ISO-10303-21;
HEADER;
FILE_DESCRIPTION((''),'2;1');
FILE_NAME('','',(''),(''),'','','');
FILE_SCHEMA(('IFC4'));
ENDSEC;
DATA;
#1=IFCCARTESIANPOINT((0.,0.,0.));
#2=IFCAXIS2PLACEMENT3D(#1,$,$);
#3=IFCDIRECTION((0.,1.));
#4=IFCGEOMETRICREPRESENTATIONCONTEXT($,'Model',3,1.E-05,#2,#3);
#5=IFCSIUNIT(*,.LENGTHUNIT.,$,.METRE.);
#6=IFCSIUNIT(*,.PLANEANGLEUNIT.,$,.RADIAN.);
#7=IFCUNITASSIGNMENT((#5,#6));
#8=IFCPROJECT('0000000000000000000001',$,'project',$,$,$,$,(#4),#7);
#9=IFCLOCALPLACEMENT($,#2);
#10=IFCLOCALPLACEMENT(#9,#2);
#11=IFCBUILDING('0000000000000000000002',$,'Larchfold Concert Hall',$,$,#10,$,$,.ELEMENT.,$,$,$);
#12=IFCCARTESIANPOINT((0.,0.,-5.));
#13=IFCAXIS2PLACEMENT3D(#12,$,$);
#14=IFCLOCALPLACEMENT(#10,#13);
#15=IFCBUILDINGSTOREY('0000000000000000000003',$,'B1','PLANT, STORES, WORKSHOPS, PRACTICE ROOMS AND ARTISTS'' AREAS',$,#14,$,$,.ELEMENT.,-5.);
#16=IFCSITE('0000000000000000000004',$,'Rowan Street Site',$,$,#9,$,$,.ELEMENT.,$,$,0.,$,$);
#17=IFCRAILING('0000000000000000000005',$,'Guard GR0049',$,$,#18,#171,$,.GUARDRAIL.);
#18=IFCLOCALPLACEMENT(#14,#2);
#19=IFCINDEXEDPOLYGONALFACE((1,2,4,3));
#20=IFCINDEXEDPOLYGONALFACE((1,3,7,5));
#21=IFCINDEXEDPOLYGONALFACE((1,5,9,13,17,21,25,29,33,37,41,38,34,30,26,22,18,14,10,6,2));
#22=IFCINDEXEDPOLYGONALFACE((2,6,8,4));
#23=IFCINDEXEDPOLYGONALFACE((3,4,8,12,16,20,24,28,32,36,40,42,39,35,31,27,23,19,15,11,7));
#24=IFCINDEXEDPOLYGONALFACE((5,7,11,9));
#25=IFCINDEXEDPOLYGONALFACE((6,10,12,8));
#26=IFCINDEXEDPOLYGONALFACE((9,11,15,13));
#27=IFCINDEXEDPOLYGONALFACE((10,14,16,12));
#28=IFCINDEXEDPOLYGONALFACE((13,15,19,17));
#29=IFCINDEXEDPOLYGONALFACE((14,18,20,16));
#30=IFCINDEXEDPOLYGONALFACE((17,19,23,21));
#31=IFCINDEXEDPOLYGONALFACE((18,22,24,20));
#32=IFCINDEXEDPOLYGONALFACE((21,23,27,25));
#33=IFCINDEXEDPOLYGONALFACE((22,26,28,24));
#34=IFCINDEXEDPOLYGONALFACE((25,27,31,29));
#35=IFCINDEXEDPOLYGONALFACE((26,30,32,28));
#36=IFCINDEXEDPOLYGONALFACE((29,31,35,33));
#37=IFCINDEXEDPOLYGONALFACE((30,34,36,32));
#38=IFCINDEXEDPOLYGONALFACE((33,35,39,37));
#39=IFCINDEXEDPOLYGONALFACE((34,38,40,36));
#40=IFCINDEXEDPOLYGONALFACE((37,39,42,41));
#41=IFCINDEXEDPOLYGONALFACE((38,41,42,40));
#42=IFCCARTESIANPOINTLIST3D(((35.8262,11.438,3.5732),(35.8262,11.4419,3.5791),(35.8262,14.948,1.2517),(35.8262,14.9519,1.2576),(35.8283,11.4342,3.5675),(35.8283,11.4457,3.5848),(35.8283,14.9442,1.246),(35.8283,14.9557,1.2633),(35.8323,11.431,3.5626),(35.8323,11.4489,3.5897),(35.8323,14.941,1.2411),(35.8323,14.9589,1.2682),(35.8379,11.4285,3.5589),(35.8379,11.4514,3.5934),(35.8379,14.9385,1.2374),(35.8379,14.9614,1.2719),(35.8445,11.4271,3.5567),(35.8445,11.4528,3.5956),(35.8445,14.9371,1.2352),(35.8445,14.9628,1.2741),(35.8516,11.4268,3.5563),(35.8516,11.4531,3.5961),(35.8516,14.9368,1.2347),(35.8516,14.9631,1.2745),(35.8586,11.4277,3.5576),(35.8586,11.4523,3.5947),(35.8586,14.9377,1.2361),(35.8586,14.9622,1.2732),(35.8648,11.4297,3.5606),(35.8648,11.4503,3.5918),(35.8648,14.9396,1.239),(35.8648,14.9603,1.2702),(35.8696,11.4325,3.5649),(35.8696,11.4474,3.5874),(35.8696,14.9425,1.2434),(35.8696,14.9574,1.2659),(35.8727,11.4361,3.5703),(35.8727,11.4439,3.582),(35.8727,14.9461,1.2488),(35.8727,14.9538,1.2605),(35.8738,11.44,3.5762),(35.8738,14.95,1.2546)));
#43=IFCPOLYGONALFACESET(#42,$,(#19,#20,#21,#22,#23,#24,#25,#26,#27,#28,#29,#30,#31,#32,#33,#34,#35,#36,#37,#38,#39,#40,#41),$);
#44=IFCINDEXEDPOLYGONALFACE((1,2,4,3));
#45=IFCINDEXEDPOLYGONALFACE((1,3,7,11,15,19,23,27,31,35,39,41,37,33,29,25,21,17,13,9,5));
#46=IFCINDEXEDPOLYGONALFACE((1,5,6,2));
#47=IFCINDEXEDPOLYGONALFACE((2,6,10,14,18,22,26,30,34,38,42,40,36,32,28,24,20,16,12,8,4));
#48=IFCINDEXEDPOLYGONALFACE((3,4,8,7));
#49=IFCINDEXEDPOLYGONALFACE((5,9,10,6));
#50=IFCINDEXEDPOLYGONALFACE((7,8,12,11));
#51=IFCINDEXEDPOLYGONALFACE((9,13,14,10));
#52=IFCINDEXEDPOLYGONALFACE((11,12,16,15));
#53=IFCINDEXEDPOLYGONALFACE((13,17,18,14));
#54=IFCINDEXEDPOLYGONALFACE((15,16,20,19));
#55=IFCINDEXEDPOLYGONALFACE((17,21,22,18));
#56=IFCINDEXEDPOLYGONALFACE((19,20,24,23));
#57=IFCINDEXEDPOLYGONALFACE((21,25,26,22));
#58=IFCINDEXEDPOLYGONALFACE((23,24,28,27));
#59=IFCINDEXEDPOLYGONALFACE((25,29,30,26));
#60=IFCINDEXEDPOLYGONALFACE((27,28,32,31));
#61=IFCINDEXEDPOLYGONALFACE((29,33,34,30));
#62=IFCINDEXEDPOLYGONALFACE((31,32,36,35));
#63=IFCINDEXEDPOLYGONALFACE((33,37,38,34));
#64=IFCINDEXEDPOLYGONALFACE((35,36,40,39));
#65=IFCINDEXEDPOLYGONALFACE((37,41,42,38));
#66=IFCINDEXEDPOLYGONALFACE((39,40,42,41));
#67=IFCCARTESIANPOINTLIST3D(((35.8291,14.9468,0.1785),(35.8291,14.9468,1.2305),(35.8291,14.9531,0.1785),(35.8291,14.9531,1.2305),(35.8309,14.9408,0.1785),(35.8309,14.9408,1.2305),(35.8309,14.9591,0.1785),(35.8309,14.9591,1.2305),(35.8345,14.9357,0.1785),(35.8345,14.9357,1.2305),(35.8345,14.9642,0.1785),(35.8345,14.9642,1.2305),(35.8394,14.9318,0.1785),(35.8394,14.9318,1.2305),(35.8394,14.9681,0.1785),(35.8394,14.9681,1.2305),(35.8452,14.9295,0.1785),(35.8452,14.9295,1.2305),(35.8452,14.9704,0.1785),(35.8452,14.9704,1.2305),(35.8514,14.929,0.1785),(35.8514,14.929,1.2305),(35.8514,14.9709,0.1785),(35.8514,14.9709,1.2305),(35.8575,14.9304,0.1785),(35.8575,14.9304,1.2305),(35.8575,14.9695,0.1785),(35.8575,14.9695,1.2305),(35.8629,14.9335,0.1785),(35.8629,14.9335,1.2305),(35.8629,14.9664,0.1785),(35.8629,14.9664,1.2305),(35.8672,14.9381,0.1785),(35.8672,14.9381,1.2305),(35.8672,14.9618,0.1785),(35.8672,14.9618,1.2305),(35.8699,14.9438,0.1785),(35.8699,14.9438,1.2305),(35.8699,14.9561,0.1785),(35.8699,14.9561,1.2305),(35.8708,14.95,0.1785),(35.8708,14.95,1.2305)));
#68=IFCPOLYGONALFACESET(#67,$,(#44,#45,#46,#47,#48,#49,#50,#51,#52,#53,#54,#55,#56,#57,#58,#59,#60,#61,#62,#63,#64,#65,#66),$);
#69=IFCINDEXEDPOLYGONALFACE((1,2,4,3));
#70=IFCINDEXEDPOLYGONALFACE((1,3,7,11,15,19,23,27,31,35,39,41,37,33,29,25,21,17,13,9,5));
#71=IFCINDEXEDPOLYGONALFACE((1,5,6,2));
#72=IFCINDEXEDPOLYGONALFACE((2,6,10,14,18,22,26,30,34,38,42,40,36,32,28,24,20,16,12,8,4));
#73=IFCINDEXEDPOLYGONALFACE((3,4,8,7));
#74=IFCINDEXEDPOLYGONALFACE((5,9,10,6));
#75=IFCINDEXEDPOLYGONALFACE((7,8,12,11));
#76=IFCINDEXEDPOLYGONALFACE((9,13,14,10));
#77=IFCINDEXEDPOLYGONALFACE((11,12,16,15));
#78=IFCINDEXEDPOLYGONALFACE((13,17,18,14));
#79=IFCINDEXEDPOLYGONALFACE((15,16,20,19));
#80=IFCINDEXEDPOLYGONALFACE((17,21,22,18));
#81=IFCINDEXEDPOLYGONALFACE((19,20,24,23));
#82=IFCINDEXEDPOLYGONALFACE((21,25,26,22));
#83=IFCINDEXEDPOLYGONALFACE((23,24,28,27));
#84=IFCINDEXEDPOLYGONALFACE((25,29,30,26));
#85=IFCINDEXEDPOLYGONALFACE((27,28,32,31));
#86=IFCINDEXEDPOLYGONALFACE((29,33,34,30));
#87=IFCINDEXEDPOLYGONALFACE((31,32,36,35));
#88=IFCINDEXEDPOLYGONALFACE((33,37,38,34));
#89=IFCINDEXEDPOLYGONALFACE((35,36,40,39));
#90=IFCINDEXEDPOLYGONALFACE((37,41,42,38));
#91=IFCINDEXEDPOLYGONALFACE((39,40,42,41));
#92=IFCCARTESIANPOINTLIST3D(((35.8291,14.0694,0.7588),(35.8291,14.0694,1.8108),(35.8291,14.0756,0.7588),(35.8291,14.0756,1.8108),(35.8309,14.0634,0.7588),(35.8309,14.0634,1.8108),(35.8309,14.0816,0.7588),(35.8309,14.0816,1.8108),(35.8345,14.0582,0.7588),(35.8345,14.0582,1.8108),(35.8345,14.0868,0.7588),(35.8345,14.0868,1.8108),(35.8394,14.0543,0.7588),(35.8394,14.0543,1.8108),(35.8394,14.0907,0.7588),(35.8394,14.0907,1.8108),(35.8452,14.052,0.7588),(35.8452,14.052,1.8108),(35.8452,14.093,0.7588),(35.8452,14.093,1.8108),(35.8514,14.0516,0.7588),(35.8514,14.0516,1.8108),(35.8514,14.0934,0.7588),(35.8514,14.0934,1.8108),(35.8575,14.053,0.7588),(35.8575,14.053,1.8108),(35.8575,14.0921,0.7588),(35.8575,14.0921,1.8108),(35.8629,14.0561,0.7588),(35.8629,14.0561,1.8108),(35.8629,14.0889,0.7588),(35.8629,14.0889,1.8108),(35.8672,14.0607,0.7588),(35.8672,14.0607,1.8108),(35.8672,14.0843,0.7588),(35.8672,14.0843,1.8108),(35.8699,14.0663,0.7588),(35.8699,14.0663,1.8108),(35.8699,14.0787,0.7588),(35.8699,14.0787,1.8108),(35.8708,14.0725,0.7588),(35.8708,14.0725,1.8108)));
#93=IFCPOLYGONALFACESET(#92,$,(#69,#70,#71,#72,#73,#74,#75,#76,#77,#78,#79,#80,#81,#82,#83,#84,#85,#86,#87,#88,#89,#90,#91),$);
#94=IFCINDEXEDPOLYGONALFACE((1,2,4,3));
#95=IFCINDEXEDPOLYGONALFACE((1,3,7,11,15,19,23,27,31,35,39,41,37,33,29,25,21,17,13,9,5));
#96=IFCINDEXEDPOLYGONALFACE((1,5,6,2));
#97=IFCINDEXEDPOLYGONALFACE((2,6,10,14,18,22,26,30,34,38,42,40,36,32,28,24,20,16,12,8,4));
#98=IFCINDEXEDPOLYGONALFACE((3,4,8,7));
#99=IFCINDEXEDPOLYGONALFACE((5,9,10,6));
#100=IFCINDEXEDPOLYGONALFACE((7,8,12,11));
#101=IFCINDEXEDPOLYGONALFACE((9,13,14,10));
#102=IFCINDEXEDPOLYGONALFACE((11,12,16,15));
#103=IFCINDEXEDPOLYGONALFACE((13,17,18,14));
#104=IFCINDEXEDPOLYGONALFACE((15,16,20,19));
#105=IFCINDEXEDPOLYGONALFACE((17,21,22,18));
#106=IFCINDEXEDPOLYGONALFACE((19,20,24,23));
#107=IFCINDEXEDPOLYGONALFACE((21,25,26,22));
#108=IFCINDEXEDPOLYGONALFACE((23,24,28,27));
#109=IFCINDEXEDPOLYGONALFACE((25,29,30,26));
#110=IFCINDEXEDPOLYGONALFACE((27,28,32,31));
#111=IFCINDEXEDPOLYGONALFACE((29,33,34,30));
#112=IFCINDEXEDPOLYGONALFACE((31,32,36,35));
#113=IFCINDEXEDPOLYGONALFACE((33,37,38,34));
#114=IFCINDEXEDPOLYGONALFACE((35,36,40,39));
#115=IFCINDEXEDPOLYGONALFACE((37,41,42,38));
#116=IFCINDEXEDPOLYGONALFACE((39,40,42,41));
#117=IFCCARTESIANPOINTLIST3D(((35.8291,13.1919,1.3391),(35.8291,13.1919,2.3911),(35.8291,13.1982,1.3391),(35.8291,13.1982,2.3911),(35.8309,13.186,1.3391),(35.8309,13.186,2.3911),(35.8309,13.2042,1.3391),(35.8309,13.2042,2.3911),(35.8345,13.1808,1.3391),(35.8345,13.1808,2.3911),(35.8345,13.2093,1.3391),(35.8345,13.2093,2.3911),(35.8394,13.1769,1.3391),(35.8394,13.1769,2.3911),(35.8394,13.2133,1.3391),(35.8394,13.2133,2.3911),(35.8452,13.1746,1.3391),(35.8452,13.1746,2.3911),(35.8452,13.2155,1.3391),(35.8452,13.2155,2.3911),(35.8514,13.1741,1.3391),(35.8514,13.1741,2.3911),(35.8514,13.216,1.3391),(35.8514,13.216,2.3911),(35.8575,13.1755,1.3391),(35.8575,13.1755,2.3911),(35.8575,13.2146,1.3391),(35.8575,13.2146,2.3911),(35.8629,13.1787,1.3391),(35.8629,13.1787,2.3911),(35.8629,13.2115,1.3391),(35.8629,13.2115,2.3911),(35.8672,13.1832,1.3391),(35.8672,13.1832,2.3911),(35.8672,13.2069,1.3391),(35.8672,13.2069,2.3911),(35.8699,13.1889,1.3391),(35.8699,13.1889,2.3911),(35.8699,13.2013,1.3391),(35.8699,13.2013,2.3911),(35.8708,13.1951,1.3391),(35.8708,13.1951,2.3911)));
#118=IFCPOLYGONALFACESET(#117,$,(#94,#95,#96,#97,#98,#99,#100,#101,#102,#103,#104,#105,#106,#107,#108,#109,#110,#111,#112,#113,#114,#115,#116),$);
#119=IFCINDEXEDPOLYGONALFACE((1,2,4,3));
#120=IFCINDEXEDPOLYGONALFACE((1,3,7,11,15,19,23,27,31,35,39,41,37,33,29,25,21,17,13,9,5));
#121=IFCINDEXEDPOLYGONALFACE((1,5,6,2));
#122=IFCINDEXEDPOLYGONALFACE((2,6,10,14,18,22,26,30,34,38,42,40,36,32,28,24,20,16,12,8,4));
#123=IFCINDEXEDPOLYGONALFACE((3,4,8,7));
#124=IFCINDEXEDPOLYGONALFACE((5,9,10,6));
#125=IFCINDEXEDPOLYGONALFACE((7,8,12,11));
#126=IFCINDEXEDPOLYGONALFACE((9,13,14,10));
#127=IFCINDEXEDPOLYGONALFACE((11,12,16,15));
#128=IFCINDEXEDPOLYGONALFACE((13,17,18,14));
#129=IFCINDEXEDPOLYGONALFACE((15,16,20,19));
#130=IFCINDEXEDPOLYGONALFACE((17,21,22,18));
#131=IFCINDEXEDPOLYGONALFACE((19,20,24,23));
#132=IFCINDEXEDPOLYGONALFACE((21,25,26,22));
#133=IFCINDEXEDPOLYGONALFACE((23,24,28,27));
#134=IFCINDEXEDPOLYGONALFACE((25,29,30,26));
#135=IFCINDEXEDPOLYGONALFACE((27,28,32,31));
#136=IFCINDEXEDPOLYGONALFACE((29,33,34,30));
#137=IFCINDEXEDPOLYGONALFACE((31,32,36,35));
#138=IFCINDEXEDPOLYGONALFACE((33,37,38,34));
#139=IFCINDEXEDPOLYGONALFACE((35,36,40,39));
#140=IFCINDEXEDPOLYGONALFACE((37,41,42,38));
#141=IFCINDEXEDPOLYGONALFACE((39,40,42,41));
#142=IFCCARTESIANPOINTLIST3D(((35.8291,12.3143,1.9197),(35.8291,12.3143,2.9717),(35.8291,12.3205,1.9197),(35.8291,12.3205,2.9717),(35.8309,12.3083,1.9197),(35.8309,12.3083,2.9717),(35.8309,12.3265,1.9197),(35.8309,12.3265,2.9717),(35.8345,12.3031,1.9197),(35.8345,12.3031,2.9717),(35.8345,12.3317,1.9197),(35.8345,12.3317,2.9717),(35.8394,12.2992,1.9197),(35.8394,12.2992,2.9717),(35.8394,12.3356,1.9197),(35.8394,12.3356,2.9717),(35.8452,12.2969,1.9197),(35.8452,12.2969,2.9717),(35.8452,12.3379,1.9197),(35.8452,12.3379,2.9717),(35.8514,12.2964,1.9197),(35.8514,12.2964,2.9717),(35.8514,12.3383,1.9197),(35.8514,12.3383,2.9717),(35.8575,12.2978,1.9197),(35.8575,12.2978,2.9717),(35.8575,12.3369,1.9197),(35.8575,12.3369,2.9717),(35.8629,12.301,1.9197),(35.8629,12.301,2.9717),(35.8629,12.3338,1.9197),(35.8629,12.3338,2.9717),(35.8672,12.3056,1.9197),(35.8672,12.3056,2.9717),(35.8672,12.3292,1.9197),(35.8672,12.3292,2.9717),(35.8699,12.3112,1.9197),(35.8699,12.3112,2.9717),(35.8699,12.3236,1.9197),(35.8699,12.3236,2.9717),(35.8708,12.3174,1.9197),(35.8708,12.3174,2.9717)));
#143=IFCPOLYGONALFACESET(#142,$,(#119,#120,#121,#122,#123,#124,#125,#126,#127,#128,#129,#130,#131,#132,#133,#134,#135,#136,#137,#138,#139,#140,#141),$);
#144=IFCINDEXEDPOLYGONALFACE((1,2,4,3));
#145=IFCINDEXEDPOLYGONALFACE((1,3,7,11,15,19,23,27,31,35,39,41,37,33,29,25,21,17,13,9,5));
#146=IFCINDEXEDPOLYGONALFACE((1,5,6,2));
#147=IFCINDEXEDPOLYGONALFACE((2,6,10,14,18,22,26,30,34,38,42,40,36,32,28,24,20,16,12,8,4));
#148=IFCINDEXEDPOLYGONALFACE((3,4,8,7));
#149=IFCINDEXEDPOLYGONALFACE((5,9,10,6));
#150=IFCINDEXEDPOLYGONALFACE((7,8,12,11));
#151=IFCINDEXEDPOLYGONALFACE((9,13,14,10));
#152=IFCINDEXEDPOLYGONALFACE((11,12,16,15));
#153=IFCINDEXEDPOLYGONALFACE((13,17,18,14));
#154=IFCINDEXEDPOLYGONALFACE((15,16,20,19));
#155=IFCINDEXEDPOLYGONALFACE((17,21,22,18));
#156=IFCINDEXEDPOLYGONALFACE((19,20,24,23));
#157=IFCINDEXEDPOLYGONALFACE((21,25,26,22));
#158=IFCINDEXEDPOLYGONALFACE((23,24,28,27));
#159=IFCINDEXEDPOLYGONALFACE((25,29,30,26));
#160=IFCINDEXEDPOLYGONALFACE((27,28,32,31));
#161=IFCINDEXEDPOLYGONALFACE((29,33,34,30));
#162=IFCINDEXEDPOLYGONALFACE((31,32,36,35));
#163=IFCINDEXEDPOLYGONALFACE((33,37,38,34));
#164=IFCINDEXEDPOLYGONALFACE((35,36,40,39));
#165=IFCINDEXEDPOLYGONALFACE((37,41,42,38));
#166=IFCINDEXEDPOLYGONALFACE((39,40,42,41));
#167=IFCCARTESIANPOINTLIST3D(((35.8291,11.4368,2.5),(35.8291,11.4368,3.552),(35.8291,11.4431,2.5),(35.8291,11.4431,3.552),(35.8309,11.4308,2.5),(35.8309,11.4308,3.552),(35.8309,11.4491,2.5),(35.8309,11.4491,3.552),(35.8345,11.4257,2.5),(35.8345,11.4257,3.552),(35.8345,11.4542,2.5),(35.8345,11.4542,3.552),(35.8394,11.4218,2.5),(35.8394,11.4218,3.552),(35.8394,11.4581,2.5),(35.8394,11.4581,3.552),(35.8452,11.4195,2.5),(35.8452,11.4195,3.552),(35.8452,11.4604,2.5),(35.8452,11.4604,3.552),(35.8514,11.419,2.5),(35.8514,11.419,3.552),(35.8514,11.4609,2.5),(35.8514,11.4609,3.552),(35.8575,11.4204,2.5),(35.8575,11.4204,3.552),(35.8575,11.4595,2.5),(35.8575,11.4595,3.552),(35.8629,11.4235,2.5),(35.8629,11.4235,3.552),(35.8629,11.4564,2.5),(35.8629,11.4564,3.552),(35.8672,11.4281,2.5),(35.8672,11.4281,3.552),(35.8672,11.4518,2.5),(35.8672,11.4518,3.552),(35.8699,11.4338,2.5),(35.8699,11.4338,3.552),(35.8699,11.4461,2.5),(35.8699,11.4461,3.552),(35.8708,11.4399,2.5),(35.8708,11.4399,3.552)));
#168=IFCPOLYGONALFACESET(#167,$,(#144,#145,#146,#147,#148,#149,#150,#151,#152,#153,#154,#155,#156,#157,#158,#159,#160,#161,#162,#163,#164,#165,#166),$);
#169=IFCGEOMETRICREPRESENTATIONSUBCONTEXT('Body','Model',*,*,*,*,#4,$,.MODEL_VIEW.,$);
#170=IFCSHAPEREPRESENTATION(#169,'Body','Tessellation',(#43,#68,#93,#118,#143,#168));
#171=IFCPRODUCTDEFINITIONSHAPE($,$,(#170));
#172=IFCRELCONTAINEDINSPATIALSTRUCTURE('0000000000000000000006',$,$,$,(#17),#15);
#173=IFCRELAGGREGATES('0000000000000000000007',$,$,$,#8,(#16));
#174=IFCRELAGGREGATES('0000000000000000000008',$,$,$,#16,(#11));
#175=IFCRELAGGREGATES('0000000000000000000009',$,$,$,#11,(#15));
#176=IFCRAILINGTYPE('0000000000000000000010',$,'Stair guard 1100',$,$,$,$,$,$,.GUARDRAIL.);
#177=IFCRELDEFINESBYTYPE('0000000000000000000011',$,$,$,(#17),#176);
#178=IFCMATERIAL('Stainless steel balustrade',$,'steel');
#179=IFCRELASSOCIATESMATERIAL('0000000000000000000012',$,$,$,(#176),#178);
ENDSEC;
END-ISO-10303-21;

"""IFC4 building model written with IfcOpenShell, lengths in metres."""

from ifc_helpers import new_model, si_unit, direction, frame, origin, origin_2d, place, context, subcontext, project, spatial, circle, extrude, material, type_object, element, save


model = new_model("IFC4")

# Units and contexts
model_context = context("Model", 3, precision=1e-05, world=origin(), true_north=direction((0.0, 1.0)))
body_context = subcontext(model_context, "Body", "Model", "MODEL_VIEW")
ifc_project = project(units=[si_unit("LENGTHUNIT", "METRE"), si_unit("PLANEANGLEUNIT", "RADIAN")], contexts=[model_context])

# Site, building, storey
site_placement = place(None, origin())
site = spatial("IfcSite", under=ifc_project, at=site_placement, Name="Rowan Street Site", CompositionType="ELEMENT", RefElevation=0.0)
building_placement = place(site_placement, origin())
building = spatial("IfcBuilding", under=site, at=building_placement, Name="Larchfold Concert Hall", CompositionType="ELEMENT")
storey_placement = place(building_placement, frame((0.0, 0.0, -5.0)))
storey = spatial("IfcBuildingStorey", under=building, at=storey_placement, Name="B1", Description="PLANT, STORES, WORKSHOPS, PRACTICE ROOMS AND ARTISTS' AREAS", CompositionType="ELEMENT", Elevation=-5.0)

# Railing
ifc_material_1 = material(Name="Stainless steel balustrade", Category="steel")
railing_type_1 = type_object("IfcRailingType", Name="Stair guard 1100", PredefinedType="GUARDRAIL", material=ifc_material_1)
railing_1_placement = place(storey_placement, frame((35.8499, 14.95, 0.1785)))
element("IfcRailing", 1, at=railing_1_placement, inside=storey, type_object=railing_type_1, Name="Guard GR0049", PredefinedType="GUARDRAIL", context=body_context, shape_type="SweptSolid", body=[
    extrude(circle(Radius=0.0239, at=origin_2d()), frame((0.0, 0.0, 1.0762), z_axis=(0.0, -0.834071, 0.551657), x_axis=(1.0, 0.0, 0.0)), (0.0, 0.0, 1.0), 4.2083),
    extrude(circle(Radius=0.021, at=origin_2d()), origin(), (0.0, 0.0, 1.0), 1.052),
    extrude(circle(Radius=0.021, at=origin_2d()), frame((0.0, -0.8774, 0.5803)), (0.0, 0.0, 1.0), 1.052),
    extrude(circle(Radius=0.021, at=origin_2d()), frame((0.0, -1.7549, 1.1606)), (0.0, 0.0, 1.0), 1.052),
    extrude(circle(Radius=0.021, at=origin_2d()), frame((0.0, -2.6326, 1.7412)), (0.0, 0.0, 1.0), 1.052),
    extrude(circle(Radius=0.021, at=origin_2d()), frame((0.0, -3.51, 2.3215)), (0.0, 0.0, 1.0), 1.052),
])

save(model, "model.ifc")
